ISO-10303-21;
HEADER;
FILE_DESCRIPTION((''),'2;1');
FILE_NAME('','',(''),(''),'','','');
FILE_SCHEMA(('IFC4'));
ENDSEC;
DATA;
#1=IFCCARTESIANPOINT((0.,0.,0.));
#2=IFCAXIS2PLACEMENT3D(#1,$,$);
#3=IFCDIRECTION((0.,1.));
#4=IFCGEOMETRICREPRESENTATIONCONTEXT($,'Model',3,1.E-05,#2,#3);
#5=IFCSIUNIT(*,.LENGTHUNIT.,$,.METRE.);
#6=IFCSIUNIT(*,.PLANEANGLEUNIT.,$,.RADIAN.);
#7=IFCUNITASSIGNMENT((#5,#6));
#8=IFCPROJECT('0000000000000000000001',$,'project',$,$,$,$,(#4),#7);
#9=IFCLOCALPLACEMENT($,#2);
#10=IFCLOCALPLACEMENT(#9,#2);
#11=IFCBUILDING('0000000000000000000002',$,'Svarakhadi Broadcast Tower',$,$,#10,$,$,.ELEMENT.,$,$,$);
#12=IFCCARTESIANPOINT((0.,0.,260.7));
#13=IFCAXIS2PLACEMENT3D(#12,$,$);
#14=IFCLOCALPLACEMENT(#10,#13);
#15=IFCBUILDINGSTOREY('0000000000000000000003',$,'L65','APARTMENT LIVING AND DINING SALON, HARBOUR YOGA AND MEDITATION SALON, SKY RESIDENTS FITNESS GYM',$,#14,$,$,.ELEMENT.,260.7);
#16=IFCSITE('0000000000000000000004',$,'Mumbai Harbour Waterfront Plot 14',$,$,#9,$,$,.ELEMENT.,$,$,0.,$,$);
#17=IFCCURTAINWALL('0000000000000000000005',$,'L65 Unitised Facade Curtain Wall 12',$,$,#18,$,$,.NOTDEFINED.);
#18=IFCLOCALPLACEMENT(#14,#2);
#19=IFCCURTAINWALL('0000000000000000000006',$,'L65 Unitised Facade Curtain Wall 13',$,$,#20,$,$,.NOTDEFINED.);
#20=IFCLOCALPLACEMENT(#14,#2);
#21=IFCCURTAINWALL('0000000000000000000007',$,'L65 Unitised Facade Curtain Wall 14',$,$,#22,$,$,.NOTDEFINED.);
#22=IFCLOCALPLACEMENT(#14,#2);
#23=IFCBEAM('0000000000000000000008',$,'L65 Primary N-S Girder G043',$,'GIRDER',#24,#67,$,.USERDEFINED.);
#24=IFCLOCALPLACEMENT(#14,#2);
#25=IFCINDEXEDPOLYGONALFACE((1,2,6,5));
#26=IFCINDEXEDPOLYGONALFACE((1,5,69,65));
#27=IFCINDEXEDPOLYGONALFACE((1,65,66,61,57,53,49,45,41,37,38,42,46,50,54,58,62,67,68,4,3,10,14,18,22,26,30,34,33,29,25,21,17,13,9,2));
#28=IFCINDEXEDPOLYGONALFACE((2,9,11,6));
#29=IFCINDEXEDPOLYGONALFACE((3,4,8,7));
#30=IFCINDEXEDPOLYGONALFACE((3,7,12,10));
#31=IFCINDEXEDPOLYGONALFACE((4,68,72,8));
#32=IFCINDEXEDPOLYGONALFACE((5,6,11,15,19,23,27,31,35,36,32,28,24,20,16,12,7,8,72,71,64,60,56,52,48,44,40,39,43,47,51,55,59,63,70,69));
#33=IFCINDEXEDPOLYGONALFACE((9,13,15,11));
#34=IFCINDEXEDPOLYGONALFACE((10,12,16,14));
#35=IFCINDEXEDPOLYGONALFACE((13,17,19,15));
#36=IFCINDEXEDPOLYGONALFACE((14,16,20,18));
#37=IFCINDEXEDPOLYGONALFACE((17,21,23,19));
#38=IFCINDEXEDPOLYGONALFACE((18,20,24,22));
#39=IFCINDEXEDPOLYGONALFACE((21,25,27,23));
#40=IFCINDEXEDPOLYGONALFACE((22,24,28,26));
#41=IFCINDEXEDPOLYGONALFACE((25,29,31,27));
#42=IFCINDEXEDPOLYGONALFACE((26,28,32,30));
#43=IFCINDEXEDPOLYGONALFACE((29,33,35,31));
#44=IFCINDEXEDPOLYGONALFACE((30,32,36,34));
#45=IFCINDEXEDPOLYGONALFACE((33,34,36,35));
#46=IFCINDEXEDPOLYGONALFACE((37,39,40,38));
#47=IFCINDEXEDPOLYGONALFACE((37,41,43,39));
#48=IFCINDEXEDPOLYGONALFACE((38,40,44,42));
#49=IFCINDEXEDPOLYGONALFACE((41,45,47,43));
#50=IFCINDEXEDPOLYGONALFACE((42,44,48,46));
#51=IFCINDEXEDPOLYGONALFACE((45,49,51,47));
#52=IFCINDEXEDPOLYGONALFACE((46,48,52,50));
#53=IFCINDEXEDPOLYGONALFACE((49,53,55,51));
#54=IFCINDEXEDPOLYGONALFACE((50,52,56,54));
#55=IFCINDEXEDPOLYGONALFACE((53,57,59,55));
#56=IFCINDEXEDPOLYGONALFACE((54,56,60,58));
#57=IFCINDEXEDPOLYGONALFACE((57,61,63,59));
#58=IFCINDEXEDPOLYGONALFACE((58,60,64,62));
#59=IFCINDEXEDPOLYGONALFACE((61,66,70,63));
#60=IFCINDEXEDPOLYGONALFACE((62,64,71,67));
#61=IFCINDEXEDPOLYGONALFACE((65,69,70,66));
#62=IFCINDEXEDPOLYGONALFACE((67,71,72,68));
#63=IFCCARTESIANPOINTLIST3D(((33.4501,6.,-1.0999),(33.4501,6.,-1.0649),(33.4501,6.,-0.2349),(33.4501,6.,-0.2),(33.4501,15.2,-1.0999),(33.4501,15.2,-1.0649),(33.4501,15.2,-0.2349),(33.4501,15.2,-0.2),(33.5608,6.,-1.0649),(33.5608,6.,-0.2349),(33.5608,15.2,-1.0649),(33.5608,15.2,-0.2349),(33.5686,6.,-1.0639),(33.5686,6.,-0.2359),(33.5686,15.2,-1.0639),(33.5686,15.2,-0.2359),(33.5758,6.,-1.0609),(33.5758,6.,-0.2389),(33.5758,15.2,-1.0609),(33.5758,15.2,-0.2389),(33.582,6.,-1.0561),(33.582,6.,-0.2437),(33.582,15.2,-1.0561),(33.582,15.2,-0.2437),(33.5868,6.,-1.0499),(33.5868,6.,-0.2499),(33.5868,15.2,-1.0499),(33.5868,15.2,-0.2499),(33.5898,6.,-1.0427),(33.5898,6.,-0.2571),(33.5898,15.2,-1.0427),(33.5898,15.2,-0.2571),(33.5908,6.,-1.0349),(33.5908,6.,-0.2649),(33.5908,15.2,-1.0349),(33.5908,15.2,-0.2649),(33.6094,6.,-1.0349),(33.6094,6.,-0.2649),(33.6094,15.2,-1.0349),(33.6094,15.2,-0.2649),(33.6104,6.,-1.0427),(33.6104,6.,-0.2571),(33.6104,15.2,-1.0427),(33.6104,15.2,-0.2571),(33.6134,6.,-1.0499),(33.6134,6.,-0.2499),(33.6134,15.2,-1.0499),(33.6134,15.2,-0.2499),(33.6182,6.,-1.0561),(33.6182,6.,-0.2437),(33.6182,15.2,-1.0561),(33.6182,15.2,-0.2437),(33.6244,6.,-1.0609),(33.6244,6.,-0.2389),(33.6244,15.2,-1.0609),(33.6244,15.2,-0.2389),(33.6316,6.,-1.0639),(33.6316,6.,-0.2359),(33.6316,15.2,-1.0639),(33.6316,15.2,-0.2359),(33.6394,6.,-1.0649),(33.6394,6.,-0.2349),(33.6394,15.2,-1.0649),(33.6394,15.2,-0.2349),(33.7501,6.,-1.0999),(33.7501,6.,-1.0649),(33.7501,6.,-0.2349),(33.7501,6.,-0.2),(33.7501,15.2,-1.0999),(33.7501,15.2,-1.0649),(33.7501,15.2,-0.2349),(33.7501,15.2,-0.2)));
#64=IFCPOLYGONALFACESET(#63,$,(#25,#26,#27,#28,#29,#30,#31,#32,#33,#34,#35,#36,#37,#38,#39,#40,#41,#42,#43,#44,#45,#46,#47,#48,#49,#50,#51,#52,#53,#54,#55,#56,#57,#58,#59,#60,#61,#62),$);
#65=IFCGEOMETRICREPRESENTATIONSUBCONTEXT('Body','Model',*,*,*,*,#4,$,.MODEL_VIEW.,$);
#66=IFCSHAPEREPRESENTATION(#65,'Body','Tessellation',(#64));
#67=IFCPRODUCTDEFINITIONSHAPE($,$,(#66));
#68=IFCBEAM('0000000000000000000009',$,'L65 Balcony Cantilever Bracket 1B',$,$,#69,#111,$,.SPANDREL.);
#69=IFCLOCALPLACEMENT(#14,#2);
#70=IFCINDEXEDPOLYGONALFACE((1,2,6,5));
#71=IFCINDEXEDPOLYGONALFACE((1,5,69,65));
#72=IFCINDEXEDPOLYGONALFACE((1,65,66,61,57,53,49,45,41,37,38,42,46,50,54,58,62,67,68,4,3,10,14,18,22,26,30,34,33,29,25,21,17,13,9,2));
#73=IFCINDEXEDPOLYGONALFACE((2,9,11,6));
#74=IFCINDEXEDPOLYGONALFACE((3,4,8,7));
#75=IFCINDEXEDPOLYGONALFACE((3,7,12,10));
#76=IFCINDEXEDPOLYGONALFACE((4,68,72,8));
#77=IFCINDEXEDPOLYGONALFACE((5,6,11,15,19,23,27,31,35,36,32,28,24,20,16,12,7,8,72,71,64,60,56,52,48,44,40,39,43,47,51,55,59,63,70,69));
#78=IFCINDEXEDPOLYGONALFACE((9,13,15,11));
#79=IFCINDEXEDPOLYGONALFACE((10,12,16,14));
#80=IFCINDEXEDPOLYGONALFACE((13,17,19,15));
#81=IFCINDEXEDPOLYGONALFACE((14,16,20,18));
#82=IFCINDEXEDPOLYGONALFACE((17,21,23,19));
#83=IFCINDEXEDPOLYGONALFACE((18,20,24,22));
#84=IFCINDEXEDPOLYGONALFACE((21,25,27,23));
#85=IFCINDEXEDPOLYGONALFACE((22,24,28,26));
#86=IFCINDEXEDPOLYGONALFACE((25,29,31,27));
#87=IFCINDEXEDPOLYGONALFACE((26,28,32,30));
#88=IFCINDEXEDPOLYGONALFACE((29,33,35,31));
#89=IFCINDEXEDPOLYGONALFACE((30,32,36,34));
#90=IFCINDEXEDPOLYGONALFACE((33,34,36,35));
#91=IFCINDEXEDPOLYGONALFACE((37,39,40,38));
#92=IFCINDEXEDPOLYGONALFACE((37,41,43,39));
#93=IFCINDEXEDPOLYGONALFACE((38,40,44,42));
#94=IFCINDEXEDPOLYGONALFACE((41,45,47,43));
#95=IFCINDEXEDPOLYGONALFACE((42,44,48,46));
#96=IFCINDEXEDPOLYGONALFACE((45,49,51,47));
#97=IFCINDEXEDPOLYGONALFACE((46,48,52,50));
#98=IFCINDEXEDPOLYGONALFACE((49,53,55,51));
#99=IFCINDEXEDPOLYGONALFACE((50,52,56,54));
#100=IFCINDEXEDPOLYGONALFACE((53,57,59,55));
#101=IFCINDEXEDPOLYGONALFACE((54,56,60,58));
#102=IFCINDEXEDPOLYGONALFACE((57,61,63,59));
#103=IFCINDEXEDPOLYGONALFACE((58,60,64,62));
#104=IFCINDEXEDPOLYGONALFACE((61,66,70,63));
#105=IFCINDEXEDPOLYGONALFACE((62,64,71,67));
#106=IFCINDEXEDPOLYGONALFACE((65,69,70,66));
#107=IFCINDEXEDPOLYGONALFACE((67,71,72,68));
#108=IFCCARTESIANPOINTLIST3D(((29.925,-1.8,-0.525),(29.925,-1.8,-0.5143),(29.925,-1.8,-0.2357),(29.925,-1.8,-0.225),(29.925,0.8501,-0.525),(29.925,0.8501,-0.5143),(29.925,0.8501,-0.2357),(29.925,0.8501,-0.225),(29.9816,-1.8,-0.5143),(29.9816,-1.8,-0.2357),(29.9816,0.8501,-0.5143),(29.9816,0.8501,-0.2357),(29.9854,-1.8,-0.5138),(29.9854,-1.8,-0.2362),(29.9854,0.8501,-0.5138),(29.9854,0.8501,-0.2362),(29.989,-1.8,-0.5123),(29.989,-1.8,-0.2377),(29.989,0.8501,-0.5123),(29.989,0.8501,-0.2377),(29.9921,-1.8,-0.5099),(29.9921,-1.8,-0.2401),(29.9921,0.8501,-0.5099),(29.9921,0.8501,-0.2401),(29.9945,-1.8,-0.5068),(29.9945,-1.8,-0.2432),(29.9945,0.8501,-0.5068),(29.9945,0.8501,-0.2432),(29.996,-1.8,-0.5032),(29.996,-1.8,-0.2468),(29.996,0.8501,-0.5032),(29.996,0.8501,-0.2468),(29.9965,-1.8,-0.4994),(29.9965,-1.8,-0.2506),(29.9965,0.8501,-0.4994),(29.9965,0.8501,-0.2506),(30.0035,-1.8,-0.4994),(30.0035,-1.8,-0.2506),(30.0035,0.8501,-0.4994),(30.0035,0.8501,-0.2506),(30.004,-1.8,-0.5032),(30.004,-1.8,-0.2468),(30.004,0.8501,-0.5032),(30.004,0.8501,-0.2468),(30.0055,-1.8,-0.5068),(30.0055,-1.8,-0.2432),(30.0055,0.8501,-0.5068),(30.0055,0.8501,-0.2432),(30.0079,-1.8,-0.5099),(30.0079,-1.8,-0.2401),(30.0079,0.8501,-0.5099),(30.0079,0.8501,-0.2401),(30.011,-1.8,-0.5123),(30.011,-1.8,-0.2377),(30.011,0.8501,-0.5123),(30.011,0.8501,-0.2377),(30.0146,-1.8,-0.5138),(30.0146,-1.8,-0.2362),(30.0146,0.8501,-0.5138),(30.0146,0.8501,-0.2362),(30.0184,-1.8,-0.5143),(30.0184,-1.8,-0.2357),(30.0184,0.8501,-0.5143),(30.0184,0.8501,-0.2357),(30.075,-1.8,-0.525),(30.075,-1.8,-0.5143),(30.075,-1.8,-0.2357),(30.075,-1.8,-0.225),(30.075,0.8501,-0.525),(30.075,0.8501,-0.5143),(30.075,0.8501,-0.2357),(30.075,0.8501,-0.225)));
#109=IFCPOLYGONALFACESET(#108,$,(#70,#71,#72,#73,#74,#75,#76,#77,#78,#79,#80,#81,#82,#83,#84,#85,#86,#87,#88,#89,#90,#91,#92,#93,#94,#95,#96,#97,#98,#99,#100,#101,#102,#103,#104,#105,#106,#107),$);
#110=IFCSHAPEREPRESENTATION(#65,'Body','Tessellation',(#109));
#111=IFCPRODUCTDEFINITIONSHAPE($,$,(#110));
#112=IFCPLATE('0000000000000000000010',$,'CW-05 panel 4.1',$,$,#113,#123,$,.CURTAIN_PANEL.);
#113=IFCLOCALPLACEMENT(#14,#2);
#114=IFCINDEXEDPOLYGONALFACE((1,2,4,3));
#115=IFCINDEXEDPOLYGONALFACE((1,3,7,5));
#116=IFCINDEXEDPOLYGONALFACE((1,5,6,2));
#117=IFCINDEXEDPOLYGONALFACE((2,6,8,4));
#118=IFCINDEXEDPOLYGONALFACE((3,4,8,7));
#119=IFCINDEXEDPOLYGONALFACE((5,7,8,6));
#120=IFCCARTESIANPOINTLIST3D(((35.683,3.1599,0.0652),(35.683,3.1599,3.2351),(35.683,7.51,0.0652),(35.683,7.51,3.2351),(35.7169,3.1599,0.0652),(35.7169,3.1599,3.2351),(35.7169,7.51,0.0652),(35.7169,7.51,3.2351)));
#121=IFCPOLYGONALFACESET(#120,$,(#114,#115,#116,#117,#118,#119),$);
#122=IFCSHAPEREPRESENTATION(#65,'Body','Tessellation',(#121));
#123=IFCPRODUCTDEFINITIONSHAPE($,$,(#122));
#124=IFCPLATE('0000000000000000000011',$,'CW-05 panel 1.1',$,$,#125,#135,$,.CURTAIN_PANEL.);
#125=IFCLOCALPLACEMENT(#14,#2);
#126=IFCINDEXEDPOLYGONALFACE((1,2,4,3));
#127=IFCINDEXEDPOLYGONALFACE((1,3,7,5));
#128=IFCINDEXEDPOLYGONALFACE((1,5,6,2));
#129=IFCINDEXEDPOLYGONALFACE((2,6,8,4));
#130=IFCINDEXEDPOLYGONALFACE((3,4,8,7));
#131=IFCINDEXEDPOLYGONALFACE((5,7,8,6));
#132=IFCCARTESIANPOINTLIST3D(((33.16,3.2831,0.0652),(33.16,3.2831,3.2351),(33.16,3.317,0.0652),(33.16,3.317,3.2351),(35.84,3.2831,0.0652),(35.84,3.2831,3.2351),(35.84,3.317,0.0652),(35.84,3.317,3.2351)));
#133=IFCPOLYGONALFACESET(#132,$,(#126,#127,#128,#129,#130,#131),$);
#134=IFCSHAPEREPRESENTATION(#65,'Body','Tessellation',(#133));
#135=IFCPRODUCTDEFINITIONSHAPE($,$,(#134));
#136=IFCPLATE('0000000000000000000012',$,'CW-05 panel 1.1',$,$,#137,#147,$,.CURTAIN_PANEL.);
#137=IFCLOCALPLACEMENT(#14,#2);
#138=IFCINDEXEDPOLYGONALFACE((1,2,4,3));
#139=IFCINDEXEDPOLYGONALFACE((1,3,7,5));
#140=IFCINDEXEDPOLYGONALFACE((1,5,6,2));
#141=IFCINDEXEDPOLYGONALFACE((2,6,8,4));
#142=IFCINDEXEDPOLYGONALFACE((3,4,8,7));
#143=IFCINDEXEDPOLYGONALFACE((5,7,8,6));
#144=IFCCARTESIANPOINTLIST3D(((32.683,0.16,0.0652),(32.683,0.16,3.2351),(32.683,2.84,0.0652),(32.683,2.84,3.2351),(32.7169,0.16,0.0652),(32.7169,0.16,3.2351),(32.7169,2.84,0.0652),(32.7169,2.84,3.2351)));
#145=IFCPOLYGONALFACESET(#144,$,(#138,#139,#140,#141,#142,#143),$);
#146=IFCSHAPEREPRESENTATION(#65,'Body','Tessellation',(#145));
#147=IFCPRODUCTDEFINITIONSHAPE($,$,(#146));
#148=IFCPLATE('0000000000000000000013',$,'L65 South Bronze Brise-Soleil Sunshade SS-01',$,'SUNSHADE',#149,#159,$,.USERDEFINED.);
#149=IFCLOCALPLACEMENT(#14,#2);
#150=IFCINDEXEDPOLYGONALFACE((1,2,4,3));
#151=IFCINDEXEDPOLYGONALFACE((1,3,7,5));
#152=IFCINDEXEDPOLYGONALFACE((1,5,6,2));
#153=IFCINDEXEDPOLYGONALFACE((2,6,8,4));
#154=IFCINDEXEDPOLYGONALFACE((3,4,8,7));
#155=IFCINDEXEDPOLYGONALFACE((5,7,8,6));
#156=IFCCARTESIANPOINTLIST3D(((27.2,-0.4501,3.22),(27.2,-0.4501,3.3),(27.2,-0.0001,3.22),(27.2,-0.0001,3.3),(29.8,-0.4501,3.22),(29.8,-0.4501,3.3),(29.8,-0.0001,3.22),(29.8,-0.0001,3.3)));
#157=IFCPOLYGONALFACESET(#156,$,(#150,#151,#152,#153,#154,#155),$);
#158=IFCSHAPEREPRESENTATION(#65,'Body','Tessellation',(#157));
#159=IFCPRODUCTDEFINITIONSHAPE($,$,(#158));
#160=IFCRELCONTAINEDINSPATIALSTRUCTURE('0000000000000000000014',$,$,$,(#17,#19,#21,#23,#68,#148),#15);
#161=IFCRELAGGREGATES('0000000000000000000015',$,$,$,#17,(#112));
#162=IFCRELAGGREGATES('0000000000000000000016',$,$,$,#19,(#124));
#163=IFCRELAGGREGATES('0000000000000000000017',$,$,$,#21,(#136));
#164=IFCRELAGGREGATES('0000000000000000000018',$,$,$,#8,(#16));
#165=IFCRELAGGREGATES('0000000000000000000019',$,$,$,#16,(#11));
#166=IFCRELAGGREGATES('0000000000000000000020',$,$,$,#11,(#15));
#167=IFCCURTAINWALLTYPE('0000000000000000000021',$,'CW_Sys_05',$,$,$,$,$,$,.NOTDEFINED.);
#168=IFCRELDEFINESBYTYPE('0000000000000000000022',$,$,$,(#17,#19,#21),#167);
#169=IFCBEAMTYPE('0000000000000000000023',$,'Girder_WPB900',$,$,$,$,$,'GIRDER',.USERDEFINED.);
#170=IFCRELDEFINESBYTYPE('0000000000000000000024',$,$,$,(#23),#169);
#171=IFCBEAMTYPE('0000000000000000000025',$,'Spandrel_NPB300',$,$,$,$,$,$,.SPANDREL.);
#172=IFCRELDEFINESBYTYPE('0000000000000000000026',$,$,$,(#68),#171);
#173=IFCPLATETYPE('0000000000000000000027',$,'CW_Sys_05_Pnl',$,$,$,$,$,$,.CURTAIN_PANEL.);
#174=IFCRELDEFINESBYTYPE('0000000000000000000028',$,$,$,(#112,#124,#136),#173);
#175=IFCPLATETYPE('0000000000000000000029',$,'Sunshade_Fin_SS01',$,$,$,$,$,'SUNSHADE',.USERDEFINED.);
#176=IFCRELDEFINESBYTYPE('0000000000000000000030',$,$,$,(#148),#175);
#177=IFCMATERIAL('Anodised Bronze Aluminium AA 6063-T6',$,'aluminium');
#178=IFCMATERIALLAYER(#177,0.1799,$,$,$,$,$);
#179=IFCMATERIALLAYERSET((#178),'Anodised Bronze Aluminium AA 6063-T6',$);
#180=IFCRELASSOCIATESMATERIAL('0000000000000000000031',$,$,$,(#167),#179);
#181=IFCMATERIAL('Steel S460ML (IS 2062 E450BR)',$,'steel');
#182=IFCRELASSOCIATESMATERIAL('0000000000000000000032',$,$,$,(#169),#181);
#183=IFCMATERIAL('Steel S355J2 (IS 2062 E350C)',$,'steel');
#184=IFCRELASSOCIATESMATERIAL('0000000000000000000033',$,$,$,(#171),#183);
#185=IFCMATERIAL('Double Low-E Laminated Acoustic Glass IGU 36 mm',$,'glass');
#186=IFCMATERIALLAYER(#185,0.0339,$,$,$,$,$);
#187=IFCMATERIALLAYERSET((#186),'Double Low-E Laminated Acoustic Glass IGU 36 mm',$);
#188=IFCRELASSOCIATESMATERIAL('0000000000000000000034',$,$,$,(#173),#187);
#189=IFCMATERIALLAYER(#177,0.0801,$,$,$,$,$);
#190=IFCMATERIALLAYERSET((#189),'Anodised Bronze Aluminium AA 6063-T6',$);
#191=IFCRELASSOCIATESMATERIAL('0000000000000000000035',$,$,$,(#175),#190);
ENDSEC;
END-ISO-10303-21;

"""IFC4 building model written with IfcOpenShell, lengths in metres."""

from ifc_helpers import new_model, si_unit, direction, frame, origin, origin_2d, place, context, subcontext, project, spatial, rectangle, i_section, extrude, material, layer, layer_set, material_profile, profile_set, type_object, element, aggregate, save


model = new_model("IFC4")

# Units and contexts
model_context = context("Model", 3, precision=1e-05, world=origin(), true_north=direction((0.0, 1.0)))
body_context = subcontext(model_context, "Body", "Model", "MODEL_VIEW")
ifc_project = project(units=[si_unit("LENGTHUNIT", "METRE"), si_unit("PLANEANGLEUNIT", "RADIAN")], contexts=[model_context])

# Site, building, storey
site_placement = place(None, origin())
site = spatial("IfcSite", under=ifc_project, at=site_placement, Name="Mumbai Harbour Waterfront Plot 14", CompositionType="ELEMENT", RefElevation=0.0)
building_placement = place(site_placement, origin())
building = spatial("IfcBuilding", under=site, at=building_placement, Name="Svarakhadi Broadcast Tower", CompositionType="ELEMENT")
storey_placement = place(building_placement, frame((0.0, 0.0, 260.7)))
storey = spatial("IfcBuildingStorey", under=building, at=storey_placement, Name="L65", Description="APARTMENT LIVING AND DINING SALON, HARBOUR YOGA AND MEDITATION SALON, SKY RESIDENTS FITNESS GYM", CompositionType="ELEMENT", Elevation=260.7)

# Shared definitions
ifc_material_1 = material(Name="Steel S460ML (IS 2062 E450BR)", Category="steel")

# Curtain wall
ifc_material_2 = material(Name="Anodised Bronze Aluminium AA 6063-T6", Category="aluminium")
ifc_layer_1 = layer(ifc_material_2, 0.1799)
ifc_layer_set_1 = layer_set([ifc_layer_1], Name="Anodised Bronze Aluminium AA 6063-T6")
curtain_wall_type = type_object("IfcCurtainWallType", Name="CW_Sys_05", PredefinedType="NOTDEFINED", material=ifc_layer_set_1)
curtain_wall_1_placement = place(storey_placement, origin())
curtain_wall_1 = element("IfcCurtainWall", 1, at=curtain_wall_1_placement, inside=storey, type_object=curtain_wall_type, Name="L65 Unitised Facade Curtain Wall 12", PredefinedType="NOTDEFINED")

# Curtain walls
curtain_wall_2_placement = place(storey_placement, origin())
curtain_wall_2 = element("IfcCurtainWall", 2, at=curtain_wall_2_placement, inside=storey, type_object=curtain_wall_type, Name="L65 Unitised Facade Curtain Wall 13", PredefinedType="NOTDEFINED")
curtain_wall_3_placement = place(storey_placement, origin())
curtain_wall_3 = element("IfcCurtainWall", 3, at=curtain_wall_3_placement, inside=storey, type_object=curtain_wall_type, Name="L65 Unitised Facade Curtain Wall 14", PredefinedType="NOTDEFINED")

# Beams
ifc_material_3 = material(Name="Steel S355J2 (IS 2062 E350C)", Category="steel")
ifc_material_profile_1 = material_profile(ifc_material_1, i_section(OverallWidth=0.3, OverallDepth=0.8999, WebThickness=0.0186, FlangeThickness=0.0349, FilletRadius=0.03, at=origin_2d()), Name="WPB 900x300x291")
ifc_profile_set_1 = profile_set([ifc_material_profile_1], Name="Steel S460ML (IS 2062 E450BR)")
beam_type_1 = type_object("IfcBeamType", Name="Girder_WPB900", ElementType="GIRDER", PredefinedType="USERDEFINED", material=ifc_profile_set_1)
beam_1_placement = place(storey_placement, frame((33.6001, 6.0, -0.6499), z_axis=(0.0, 1.0, 0.0), x_axis=(-1.0, 0.0, 0.0)))
element("IfcBeam", 4, at=beam_1_placement, inside=storey, type_object=beam_type_1, Name="L65 Primary N-S Girder G043", ObjectType="GIRDER", PredefinedType="USERDEFINED", context=body_context, shape_type="SweptSolid", body=[
    extrude(i_section(OverallWidth=0.3, OverallDepth=0.8999, WebThickness=0.0186, FlangeThickness=0.0349, FilletRadius=0.03, at=origin_2d()), origin(), (0.0, 0.0, 1.0), 9.2),
])
ifc_material_profile_2 = material_profile(ifc_material_3, i_section(OverallWidth=0.1499, OverallDepth=0.3, WebThickness=0.0071, FlangeThickness=0.0107, FilletRadius=0.0149, at=origin_2d()), Name="NPB 300x150x37")
ifc_profile_set_2 = profile_set([ifc_material_profile_2], Name="Steel S355J2 (IS 2062 E350C)")
beam_type_2 = type_object("IfcBeamType", Name="Spandrel_NPB300", PredefinedType="SPANDREL", material=ifc_profile_set_2)
beam_2_placement = place(storey_placement, frame((30.0, 0.8501, -0.375), z_axis=(0.0, -1.0, 0.0), x_axis=(1.0, 0.0, 0.0)))
element("IfcBeam", 5, at=beam_2_placement, inside=storey, type_object=beam_type_2, Name="L65 Balcony Cantilever Bracket 1B", PredefinedType="SPANDREL", context=body_context, shape_type="SweptSolid", body=[
    extrude(i_section(OverallWidth=0.1499, OverallDepth=0.3, WebThickness=0.0071, FlangeThickness=0.0107, FilletRadius=0.0149, at=origin_2d()), origin(), (0.0, 0.0, 1.0), 2.6501),
])

# Plates
ifc_material_4 = material(Name="Double Low-E Laminated Acoustic Glass IGU 36 mm", Category="glass")
ifc_layer_2 = layer(ifc_material_4, 0.0339)
ifc_layer_set_2 = layer_set([ifc_layer_2], Name="Double Low-E Laminated Acoustic Glass IGU 36 mm")
plate_type_1 = type_object("IfcPlateType", Name="CW_Sys_05_Pnl", PredefinedType="CURTAIN_PANEL", material=ifc_layer_set_2)
plate_1_placement = place(storey_placement, frame((35.7, 5.335, 0.0652), z_axis=(0.0, 0.0, 1.0), x_axis=(0.0, -1.0, 0.0)))
plate_1 = element("IfcPlate", 6, at=plate_1_placement, type_object=plate_type_1, Name="CW-05 panel 4.1", PredefinedType="CURTAIN_PANEL", context=body_context, shape_type="SweptSolid", body=[
    extrude(rectangle(XDim=4.3501, YDim=0.0339, at=origin_2d()), origin(), (0.0, 0.0, 1.0), 3.1699),
])
aggregate(curtain_wall_1, [plate_1])
plate_2_placement = place(storey_placement, frame((34.5, 3.3, 0.0652), z_axis=(0.0, 0.0, 1.0), x_axis=(-1.0, 0.0, 0.0)))
plate_2 = element("IfcPlate", 7, at=plate_2_placement, type_object=plate_type_1, Name="CW-05 panel 1.1", PredefinedType="CURTAIN_PANEL", context=body_context, shape_type="SweptSolid", body=[
    extrude(rectangle(XDim=2.6799, YDim=0.0339, at=origin_2d()), origin(), (0.0, 0.0, 1.0), 3.1699),
])
aggregate(curtain_wall_2, [plate_2])
plate_3_placement = place(storey_placement, frame((32.7, 1.5, 0.0652), z_axis=(0.0, 0.0, 1.0), x_axis=(0.0, -1.0, 0.0)))
plate_3 = element("IfcPlate", 8, at=plate_3_placement, type_object=plate_type_1, Name="CW-05 panel 1.1", PredefinedType="CURTAIN_PANEL", context=body_context, shape_type="SweptSolid", body=[
    extrude(rectangle(XDim=2.6799, YDim=0.0339, at=origin_2d()), origin(), (0.0, 0.0, 1.0), 3.1699),
])
aggregate(curtain_wall_3, [plate_3])
ifc_layer_3 = layer(ifc_material_2, 0.0801)
ifc_layer_set_3 = layer_set([ifc_layer_3], Name="Anodised Bronze Aluminium AA 6063-T6")
plate_type_2 = type_object("IfcPlateType", Name="Sunshade_Fin_SS01", ElementType="SUNSHADE", PredefinedType="USERDEFINED", material=ifc_layer_set_3)
plate_4_placement = place(storey_placement, frame((28.5, -0.2251, 3.22), z_axis=(0.0, 0.0, 1.0), x_axis=(1.0, 0.0, 0.0)))
element("IfcPlate", 9, at=plate_4_placement, inside=storey, type_object=plate_type_2, Name="L65 South Bronze Brise-Soleil Sunshade SS-01", ObjectType="SUNSHADE", PredefinedType="USERDEFINED", context=body_context, shape_type="SweptSolid", body=[
    extrude(rectangle(XDim=2.6001, YDim=0.45, at=origin_2d()), origin(), (0.0, 0.0, 1.0), 0.0801),
])

save(model, "model.ifc")
